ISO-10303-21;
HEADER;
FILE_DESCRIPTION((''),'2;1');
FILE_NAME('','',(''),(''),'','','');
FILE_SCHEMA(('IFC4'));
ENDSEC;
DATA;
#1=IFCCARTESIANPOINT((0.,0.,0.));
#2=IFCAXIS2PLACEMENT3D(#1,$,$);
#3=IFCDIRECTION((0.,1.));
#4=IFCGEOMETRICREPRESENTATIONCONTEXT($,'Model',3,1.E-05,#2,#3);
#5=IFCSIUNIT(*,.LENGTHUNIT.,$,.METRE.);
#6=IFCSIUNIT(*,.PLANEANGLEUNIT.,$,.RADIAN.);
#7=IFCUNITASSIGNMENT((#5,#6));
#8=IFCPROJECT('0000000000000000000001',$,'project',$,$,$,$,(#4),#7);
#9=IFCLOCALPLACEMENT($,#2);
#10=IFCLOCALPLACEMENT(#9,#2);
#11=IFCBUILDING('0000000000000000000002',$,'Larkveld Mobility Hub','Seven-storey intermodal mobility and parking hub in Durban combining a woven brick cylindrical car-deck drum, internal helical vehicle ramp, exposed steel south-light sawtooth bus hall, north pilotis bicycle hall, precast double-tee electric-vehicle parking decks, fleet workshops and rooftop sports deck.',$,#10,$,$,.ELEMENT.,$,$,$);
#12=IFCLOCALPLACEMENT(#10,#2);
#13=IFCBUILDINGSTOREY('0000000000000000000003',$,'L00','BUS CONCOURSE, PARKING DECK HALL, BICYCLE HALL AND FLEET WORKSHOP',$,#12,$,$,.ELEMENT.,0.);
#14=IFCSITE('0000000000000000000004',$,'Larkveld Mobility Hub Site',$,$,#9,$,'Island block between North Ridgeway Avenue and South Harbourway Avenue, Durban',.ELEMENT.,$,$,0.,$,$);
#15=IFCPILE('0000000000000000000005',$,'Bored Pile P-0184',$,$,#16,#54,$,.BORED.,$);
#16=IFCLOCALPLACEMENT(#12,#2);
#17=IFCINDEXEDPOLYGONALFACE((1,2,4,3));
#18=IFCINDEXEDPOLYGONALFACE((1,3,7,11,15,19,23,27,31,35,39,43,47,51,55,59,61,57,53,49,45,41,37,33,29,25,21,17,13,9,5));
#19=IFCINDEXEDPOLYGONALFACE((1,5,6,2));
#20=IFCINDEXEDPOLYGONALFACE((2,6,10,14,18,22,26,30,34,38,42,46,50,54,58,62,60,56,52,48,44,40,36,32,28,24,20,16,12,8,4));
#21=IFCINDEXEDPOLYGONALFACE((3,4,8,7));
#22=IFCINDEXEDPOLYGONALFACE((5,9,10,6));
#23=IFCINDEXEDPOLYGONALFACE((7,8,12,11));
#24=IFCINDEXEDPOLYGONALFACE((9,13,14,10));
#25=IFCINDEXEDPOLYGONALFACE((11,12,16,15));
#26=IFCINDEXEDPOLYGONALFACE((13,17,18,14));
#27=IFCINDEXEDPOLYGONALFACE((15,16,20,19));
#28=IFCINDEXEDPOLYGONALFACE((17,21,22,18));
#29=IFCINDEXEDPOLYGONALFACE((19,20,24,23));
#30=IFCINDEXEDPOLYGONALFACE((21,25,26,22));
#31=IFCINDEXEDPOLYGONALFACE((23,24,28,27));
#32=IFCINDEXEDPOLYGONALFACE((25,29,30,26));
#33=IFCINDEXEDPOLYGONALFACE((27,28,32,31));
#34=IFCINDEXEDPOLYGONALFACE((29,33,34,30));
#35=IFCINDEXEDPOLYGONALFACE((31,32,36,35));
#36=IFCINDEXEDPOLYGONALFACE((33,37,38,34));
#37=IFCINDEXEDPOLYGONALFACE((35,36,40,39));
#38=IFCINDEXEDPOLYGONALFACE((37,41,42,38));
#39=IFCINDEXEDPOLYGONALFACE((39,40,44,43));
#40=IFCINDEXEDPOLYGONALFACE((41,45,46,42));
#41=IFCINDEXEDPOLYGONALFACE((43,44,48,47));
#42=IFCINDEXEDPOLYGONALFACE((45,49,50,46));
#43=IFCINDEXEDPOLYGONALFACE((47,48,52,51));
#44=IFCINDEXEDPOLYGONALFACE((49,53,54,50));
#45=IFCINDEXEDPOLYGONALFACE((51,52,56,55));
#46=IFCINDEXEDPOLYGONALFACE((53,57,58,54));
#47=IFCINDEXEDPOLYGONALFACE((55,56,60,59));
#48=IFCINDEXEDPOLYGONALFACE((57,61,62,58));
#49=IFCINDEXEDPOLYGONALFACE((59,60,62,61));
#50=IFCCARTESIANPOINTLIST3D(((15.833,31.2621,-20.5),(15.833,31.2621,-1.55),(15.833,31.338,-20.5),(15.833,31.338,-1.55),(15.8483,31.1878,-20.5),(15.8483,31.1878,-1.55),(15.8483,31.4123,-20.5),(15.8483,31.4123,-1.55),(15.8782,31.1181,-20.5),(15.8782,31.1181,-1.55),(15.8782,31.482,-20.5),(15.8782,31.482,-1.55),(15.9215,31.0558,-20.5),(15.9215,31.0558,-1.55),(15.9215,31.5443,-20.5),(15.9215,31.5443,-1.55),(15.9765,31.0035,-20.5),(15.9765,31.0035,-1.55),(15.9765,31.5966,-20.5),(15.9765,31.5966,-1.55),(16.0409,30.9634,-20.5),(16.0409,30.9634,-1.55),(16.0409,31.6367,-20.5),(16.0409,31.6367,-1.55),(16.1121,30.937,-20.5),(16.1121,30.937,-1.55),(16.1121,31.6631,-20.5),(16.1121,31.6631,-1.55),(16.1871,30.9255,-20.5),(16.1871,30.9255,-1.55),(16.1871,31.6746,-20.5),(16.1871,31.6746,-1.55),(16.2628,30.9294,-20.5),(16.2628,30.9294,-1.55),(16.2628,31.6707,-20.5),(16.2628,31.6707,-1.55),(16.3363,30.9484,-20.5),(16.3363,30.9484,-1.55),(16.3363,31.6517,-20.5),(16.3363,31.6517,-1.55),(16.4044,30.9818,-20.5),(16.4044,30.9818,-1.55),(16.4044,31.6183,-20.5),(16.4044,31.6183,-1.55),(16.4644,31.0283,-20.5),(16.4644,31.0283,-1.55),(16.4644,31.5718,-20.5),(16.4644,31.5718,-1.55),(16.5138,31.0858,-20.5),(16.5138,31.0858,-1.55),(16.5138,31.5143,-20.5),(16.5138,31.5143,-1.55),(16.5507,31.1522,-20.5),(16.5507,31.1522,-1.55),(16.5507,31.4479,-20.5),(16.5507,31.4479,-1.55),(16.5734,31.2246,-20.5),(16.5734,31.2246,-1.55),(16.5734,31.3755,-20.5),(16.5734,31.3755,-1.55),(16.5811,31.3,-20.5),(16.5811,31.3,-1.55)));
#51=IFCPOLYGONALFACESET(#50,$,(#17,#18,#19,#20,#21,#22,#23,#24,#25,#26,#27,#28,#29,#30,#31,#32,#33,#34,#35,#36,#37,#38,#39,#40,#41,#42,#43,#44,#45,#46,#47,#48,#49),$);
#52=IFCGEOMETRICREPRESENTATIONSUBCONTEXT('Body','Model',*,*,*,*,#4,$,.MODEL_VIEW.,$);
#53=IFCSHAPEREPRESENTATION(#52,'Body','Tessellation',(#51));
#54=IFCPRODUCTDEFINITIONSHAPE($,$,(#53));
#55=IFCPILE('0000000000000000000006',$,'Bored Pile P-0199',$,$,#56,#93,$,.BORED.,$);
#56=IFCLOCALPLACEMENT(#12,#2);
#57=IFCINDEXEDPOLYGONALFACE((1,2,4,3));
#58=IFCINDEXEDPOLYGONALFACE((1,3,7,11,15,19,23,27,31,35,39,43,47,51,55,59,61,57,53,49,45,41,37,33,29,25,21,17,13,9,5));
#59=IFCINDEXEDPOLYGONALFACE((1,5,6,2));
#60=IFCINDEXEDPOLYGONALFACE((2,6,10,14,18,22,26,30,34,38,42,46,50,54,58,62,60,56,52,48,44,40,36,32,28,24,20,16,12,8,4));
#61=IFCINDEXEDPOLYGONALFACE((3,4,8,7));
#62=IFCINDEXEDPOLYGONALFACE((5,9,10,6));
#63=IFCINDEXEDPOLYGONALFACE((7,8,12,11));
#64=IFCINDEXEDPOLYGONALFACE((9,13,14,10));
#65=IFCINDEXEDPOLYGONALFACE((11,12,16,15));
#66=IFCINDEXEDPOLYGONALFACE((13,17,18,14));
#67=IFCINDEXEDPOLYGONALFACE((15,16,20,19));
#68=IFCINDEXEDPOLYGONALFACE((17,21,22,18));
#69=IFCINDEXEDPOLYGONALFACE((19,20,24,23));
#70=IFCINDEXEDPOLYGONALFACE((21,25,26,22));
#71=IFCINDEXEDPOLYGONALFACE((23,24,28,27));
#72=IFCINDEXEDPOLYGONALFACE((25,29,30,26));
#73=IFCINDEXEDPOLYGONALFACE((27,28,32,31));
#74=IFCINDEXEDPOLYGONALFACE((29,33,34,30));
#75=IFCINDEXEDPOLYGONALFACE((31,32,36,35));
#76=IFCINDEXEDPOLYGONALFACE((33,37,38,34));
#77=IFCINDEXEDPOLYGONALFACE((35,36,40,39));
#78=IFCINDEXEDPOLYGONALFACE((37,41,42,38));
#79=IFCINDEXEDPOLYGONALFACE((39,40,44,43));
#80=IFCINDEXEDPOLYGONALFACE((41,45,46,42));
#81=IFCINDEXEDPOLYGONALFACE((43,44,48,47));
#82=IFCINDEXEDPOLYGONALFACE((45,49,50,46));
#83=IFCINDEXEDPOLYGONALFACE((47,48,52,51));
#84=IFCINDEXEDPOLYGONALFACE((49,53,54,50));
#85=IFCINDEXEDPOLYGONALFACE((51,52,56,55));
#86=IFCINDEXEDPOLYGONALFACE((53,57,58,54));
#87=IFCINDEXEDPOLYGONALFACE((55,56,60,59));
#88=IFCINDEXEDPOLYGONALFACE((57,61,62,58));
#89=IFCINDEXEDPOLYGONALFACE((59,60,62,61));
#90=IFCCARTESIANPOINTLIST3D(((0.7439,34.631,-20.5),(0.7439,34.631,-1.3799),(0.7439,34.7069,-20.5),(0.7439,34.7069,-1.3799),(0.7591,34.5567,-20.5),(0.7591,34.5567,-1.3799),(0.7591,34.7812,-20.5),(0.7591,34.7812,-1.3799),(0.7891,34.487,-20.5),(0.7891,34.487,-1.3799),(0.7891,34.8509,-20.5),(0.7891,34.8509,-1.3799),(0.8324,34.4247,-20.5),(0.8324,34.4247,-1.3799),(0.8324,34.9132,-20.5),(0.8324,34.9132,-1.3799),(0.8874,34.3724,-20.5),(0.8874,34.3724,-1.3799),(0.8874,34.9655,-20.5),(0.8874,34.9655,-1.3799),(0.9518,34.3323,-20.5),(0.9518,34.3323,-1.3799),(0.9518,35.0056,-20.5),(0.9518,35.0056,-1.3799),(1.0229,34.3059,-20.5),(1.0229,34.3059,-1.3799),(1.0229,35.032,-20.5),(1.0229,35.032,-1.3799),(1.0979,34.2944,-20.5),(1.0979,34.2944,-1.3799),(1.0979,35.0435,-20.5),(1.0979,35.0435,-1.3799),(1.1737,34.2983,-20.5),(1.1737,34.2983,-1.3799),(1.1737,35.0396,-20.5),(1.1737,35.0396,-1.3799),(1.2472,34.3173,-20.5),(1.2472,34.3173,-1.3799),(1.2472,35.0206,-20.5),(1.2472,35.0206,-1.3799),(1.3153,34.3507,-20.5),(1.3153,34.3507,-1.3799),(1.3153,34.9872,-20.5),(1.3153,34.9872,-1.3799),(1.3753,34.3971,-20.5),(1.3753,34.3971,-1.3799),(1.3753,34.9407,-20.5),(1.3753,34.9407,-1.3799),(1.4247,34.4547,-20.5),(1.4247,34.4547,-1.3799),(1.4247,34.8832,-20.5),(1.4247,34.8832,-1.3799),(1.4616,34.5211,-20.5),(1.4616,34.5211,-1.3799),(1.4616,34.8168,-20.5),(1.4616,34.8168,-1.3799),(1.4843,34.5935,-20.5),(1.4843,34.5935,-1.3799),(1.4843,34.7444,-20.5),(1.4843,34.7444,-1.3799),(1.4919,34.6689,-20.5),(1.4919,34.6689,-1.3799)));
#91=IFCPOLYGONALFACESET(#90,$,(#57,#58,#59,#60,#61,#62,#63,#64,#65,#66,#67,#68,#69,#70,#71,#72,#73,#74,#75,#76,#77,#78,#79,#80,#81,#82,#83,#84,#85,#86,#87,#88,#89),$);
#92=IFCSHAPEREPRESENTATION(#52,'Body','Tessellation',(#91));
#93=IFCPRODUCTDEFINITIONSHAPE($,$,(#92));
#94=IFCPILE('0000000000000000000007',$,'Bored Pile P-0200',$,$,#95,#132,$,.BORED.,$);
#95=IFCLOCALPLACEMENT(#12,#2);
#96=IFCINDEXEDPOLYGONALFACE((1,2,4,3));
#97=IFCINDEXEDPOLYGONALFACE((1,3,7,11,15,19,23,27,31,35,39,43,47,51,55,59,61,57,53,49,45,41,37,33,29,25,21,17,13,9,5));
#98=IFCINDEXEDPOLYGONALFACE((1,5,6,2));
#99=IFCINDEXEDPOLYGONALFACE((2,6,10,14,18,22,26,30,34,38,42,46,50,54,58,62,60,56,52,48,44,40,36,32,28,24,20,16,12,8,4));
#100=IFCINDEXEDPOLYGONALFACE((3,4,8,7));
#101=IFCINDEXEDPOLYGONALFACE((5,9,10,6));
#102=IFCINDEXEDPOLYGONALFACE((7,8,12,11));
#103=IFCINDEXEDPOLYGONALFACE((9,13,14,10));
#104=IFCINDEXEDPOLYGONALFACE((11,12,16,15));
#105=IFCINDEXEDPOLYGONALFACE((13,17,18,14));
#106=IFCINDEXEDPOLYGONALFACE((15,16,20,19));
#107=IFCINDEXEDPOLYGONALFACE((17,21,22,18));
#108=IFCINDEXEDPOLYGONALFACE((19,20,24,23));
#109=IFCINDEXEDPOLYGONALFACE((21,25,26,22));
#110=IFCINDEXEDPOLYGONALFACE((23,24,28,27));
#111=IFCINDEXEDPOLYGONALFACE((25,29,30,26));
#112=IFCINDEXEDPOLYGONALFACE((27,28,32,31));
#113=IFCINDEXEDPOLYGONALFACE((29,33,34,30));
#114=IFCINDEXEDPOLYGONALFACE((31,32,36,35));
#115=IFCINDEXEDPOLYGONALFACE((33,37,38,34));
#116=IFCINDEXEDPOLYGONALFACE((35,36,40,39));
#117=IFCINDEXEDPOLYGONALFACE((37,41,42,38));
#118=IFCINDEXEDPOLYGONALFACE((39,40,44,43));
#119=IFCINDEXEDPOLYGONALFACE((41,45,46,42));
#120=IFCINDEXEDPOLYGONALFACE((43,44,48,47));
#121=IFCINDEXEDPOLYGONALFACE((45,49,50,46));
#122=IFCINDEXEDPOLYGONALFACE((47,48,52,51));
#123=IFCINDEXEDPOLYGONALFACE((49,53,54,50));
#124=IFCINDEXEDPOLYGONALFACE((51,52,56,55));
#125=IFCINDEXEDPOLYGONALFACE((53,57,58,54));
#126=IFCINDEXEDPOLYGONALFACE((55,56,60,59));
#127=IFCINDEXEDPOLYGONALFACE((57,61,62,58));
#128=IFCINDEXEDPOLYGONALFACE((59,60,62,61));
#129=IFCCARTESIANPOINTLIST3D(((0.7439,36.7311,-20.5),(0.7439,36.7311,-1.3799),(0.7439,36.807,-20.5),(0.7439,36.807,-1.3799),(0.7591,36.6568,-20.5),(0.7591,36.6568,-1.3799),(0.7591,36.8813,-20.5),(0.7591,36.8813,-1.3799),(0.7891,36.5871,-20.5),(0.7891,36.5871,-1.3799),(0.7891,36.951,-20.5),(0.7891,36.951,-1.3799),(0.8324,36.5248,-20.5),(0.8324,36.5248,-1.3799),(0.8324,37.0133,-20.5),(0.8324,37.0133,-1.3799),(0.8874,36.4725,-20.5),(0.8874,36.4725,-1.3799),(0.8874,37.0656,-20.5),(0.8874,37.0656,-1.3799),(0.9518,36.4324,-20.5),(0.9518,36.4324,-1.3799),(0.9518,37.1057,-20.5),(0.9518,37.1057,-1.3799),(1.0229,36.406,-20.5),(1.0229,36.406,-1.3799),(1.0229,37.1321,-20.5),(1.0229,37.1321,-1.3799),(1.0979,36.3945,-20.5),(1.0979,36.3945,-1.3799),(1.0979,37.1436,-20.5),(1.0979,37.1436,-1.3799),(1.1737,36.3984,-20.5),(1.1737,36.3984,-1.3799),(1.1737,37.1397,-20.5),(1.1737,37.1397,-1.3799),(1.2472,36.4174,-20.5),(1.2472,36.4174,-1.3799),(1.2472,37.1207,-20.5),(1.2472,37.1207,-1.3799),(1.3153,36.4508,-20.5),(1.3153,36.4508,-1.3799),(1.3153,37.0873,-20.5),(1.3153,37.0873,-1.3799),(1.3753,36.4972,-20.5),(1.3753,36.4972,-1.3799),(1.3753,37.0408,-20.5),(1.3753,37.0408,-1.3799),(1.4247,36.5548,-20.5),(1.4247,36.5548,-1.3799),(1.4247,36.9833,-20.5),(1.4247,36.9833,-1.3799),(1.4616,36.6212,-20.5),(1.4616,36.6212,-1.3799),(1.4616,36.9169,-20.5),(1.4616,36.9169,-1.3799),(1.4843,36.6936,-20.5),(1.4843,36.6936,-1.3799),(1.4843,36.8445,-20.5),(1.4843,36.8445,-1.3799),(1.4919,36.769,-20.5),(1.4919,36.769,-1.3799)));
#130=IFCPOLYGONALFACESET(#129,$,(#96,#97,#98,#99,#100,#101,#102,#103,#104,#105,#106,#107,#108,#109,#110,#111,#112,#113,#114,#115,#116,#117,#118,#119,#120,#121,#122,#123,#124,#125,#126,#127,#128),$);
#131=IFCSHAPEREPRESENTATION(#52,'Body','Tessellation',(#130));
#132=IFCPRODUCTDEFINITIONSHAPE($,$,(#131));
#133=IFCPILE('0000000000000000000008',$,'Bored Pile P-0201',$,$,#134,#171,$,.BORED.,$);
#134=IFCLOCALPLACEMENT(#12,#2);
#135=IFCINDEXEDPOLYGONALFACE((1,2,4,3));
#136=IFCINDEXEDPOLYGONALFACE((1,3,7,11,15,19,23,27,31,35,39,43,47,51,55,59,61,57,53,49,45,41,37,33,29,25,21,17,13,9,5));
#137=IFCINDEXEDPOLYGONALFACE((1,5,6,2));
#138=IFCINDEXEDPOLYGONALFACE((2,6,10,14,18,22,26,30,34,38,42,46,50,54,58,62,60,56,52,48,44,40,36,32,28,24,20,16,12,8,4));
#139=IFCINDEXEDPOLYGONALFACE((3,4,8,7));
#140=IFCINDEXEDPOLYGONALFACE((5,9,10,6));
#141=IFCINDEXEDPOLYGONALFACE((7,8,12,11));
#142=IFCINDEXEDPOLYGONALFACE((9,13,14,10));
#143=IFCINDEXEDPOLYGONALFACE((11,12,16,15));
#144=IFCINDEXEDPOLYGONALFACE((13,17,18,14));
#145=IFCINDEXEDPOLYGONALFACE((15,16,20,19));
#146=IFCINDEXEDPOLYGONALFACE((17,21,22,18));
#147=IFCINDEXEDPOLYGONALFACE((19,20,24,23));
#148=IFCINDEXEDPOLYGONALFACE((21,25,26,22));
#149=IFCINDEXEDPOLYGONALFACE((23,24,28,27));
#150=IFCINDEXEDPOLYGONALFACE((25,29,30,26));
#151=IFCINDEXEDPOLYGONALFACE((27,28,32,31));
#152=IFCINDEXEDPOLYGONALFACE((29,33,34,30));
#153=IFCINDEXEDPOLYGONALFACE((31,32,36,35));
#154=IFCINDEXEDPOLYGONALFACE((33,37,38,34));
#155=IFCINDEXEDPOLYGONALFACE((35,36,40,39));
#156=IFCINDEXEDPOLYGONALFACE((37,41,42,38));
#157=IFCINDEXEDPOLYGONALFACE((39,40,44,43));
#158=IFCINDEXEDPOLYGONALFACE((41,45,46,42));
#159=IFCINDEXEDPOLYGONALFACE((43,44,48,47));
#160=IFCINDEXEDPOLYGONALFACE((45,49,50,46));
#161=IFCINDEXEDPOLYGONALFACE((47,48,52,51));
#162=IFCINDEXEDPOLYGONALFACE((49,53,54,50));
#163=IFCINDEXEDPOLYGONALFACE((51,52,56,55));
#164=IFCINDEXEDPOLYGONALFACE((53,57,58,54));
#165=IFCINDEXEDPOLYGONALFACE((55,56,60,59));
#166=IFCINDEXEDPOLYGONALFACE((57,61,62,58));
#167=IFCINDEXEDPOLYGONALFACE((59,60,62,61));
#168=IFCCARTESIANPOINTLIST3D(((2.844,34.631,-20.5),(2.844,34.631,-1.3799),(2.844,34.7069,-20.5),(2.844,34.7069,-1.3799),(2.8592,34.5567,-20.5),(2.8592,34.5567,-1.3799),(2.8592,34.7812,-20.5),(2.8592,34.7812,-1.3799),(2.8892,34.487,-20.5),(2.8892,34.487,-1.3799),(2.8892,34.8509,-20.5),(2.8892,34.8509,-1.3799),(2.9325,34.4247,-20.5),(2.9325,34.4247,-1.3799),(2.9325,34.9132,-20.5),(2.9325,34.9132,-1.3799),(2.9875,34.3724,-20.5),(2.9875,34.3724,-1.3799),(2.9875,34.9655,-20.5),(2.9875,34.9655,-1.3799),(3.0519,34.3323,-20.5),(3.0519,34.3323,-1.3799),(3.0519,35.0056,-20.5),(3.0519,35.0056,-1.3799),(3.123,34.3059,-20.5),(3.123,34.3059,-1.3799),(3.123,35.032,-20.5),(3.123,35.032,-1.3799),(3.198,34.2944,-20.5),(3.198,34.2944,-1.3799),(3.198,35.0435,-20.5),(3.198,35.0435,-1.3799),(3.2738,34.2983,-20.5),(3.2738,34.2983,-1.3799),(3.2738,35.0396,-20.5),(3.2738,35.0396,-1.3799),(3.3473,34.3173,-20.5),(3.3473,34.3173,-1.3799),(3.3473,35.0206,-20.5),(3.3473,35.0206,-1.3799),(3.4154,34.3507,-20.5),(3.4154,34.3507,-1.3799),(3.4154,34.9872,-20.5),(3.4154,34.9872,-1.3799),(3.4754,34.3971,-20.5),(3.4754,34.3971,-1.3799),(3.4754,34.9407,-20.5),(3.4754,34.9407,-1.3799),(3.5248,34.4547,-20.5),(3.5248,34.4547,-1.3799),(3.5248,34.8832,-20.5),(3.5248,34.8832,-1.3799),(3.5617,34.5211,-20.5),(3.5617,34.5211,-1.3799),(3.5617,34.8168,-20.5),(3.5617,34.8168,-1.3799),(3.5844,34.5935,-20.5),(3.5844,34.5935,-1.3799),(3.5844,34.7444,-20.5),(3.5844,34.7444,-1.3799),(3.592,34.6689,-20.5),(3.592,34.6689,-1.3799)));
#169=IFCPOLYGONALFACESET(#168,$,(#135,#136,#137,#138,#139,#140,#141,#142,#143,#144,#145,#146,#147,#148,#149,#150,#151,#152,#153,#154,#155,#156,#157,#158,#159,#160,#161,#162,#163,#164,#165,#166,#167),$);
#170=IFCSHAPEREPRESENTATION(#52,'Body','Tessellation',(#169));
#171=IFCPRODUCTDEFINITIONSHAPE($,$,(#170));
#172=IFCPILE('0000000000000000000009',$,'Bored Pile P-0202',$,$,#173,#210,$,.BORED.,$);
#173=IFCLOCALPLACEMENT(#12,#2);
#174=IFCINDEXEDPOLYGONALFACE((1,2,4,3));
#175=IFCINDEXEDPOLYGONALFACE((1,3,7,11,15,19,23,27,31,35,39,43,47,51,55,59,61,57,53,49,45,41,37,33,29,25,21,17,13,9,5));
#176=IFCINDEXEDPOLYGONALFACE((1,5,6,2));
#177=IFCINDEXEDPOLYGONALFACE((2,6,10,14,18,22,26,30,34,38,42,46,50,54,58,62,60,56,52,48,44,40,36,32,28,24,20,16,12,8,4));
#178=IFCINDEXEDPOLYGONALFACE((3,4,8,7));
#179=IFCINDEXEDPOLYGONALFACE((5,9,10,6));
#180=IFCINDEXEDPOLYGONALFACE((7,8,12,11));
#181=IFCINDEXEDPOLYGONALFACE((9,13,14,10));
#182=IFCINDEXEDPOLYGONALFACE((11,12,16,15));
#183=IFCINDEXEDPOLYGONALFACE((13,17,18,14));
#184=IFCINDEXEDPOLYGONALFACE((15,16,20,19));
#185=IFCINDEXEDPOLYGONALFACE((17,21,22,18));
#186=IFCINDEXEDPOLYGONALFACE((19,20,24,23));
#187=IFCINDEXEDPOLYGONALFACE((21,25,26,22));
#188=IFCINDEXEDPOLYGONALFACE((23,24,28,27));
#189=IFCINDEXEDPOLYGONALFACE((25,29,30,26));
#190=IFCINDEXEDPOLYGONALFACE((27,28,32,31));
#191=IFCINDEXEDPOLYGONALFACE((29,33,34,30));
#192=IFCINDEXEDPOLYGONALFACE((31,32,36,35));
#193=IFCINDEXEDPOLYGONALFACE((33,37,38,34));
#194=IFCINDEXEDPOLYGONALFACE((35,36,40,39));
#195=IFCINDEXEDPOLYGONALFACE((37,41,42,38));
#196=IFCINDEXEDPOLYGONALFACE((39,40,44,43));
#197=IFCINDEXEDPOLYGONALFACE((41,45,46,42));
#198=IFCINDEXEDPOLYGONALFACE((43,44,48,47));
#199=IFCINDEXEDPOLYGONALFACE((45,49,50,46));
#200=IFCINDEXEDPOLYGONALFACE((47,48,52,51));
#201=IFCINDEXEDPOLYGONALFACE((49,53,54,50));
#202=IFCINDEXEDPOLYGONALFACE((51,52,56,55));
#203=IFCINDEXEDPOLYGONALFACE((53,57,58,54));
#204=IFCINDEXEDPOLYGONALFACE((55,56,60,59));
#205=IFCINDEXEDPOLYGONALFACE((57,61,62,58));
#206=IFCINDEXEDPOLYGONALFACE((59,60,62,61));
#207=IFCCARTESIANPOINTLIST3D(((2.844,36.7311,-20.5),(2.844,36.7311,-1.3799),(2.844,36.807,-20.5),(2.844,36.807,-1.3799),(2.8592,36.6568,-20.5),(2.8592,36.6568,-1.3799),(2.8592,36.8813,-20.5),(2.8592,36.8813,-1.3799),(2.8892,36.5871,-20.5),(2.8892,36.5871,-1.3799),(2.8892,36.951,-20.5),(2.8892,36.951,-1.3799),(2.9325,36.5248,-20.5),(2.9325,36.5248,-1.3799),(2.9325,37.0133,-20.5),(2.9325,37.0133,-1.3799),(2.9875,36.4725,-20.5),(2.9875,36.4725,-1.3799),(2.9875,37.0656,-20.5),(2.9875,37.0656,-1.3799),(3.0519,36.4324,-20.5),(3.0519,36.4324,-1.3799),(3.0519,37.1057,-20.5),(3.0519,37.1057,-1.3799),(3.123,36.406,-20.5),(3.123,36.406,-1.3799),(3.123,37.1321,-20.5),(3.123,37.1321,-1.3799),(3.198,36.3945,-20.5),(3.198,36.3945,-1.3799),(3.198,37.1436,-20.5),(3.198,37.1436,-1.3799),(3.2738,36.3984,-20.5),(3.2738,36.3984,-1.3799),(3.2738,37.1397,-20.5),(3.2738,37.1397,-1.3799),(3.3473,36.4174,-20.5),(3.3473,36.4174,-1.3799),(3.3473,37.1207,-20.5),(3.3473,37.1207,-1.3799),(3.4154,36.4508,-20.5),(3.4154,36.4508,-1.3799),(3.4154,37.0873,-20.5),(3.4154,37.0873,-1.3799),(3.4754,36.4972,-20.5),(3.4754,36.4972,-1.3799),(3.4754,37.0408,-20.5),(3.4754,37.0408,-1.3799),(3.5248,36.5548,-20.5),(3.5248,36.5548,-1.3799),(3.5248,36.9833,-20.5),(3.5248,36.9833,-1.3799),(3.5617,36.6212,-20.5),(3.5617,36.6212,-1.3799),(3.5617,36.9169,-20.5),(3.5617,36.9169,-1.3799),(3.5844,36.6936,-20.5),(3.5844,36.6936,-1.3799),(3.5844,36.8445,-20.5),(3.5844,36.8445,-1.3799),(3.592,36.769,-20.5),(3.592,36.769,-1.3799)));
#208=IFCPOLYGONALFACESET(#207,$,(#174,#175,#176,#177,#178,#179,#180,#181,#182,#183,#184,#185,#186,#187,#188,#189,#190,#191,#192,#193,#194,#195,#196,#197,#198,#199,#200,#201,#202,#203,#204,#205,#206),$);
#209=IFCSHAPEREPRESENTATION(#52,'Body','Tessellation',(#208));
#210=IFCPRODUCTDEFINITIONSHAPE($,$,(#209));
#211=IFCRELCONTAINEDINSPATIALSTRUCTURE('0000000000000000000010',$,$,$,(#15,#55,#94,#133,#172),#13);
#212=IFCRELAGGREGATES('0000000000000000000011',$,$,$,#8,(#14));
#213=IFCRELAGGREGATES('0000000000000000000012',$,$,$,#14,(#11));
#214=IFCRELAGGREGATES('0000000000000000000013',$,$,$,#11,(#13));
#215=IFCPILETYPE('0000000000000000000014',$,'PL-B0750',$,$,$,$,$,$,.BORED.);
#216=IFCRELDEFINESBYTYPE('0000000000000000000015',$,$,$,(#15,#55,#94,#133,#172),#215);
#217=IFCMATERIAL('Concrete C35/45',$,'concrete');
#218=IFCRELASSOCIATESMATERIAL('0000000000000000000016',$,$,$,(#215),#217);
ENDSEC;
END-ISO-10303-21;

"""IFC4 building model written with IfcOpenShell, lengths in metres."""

from ifc_helpers import new_model, si_unit, direction, frame, origin, origin_2d, place, context, subcontext, project, spatial, circle, extrude, material, material_profile, profile_set, type_object, element, save


model = new_model("IFC4")

# Units and contexts
model_context = context("Model", 3, precision=1e-05, world=origin(), true_north=direction((0.0, 1.0)))
body_context = subcontext(model_context, "Body", "Model", "MODEL_VIEW")
ifc_project = project(units=[si_unit("LENGTHUNIT", "METRE"), si_unit("PLANEANGLEUNIT", "RADIAN")], contexts=[model_context])

# Site, building, storey
site_placement = place(None, origin())
site = spatial("IfcSite", under=ifc_project, at=site_placement, Name="Larkveld Mobility Hub Site", LongName="Island block between North Ridgeway Avenue and South Harbourway Avenue, Durban", CompositionType="ELEMENT", RefElevation=0.0)
building_placement = place(site_placement, origin())
building = spatial("IfcBuilding", under=site, at=building_placement, Name="Larkveld Mobility Hub", Description="Seven-storey intermodal mobility and parking hub in Durban combining a woven brick cylindrical car-deck drum, internal helical vehicle ramp, exposed steel south-light sawtooth bus hall, north pilotis bicycle hall, precast double-tee electric-vehicle parking decks, fleet workshops and rooftop sports deck.", CompositionType="ELEMENT")
storey_placement = place(building_placement, origin())
storey = spatial("IfcBuildingStorey", under=building, at=storey_placement, Name="L00", Description="BUS CONCOURSE, PARKING DECK HALL, BICYCLE HALL AND FLEET WORKSHOP", CompositionType="ELEMENT", Elevation=0.0)

# Shared definitions
ifc_material_1 = material(Name="Concrete C35/45", Category="concrete")

# Piles
ifc_material_profile_1 = material_profile(ifc_material_1, circle(Radius=0.375, at=origin_2d()), Name="PILE D750")
ifc_profile_set_1 = profile_set([ifc_material_profile_1], Name="Concrete C35/45")
pile_type = type_object("IfcPileType", Name="PL-B0750", PredefinedType="BORED", material=ifc_profile_set_1)
for number, where, z_axis, x_axis, name in (
    (1, (16.2061, 31.3, -1.55), (0.0, 0.0, -1.0), (1.0, 0.0, 0.0), "Bored Pile P-0184"),
):
    element("IfcPile", number, at=place(storey_placement, frame(where, z_axis=z_axis, x_axis=x_axis)), inside=storey, type_object=pile_type, Name=name, PredefinedType="BORED", context=body_context, shape_type="SweptSolid", body=[
        extrude(circle(Radius=0.375, at=origin_2d()), origin(), (0.0, 0.0, 1.0), 18.95),
    ])
for number, where, z_axis, x_axis, name in (
    (2, (1.1169, 34.6689, -1.3799), (0.0, 0.0, -1.0), (1.0, 0.0, 0.0), "Bored Pile P-0199"),
    (3, (1.1169, 36.769, -1.3799), (0.0, 0.0, -1.0), (1.0, 0.0, 0.0), "Bored Pile P-0200"),
    (4, (3.217, 34.6689, -1.3799), (0.0, 0.0, -1.0), (1.0, 0.0, 0.0), "Bored Pile P-0201"),
    (5, (3.217, 36.769, -1.3799), (0.0, 0.0, -1.0), (1.0, 0.0, 0.0), "Bored Pile P-0202"),
):
    element("IfcPile", number, at=place(storey_placement, frame(where, z_axis=z_axis, x_axis=x_axis)), inside=storey, type_object=pile_type, Name=name, PredefinedType="BORED", context=body_context, shape_type="SweptSolid", body=[
        extrude(circle(Radius=0.375, at=origin_2d()), origin(), (0.0, 0.0, 1.0), 19.1201),
    ])

save(model, "model.ifc")
